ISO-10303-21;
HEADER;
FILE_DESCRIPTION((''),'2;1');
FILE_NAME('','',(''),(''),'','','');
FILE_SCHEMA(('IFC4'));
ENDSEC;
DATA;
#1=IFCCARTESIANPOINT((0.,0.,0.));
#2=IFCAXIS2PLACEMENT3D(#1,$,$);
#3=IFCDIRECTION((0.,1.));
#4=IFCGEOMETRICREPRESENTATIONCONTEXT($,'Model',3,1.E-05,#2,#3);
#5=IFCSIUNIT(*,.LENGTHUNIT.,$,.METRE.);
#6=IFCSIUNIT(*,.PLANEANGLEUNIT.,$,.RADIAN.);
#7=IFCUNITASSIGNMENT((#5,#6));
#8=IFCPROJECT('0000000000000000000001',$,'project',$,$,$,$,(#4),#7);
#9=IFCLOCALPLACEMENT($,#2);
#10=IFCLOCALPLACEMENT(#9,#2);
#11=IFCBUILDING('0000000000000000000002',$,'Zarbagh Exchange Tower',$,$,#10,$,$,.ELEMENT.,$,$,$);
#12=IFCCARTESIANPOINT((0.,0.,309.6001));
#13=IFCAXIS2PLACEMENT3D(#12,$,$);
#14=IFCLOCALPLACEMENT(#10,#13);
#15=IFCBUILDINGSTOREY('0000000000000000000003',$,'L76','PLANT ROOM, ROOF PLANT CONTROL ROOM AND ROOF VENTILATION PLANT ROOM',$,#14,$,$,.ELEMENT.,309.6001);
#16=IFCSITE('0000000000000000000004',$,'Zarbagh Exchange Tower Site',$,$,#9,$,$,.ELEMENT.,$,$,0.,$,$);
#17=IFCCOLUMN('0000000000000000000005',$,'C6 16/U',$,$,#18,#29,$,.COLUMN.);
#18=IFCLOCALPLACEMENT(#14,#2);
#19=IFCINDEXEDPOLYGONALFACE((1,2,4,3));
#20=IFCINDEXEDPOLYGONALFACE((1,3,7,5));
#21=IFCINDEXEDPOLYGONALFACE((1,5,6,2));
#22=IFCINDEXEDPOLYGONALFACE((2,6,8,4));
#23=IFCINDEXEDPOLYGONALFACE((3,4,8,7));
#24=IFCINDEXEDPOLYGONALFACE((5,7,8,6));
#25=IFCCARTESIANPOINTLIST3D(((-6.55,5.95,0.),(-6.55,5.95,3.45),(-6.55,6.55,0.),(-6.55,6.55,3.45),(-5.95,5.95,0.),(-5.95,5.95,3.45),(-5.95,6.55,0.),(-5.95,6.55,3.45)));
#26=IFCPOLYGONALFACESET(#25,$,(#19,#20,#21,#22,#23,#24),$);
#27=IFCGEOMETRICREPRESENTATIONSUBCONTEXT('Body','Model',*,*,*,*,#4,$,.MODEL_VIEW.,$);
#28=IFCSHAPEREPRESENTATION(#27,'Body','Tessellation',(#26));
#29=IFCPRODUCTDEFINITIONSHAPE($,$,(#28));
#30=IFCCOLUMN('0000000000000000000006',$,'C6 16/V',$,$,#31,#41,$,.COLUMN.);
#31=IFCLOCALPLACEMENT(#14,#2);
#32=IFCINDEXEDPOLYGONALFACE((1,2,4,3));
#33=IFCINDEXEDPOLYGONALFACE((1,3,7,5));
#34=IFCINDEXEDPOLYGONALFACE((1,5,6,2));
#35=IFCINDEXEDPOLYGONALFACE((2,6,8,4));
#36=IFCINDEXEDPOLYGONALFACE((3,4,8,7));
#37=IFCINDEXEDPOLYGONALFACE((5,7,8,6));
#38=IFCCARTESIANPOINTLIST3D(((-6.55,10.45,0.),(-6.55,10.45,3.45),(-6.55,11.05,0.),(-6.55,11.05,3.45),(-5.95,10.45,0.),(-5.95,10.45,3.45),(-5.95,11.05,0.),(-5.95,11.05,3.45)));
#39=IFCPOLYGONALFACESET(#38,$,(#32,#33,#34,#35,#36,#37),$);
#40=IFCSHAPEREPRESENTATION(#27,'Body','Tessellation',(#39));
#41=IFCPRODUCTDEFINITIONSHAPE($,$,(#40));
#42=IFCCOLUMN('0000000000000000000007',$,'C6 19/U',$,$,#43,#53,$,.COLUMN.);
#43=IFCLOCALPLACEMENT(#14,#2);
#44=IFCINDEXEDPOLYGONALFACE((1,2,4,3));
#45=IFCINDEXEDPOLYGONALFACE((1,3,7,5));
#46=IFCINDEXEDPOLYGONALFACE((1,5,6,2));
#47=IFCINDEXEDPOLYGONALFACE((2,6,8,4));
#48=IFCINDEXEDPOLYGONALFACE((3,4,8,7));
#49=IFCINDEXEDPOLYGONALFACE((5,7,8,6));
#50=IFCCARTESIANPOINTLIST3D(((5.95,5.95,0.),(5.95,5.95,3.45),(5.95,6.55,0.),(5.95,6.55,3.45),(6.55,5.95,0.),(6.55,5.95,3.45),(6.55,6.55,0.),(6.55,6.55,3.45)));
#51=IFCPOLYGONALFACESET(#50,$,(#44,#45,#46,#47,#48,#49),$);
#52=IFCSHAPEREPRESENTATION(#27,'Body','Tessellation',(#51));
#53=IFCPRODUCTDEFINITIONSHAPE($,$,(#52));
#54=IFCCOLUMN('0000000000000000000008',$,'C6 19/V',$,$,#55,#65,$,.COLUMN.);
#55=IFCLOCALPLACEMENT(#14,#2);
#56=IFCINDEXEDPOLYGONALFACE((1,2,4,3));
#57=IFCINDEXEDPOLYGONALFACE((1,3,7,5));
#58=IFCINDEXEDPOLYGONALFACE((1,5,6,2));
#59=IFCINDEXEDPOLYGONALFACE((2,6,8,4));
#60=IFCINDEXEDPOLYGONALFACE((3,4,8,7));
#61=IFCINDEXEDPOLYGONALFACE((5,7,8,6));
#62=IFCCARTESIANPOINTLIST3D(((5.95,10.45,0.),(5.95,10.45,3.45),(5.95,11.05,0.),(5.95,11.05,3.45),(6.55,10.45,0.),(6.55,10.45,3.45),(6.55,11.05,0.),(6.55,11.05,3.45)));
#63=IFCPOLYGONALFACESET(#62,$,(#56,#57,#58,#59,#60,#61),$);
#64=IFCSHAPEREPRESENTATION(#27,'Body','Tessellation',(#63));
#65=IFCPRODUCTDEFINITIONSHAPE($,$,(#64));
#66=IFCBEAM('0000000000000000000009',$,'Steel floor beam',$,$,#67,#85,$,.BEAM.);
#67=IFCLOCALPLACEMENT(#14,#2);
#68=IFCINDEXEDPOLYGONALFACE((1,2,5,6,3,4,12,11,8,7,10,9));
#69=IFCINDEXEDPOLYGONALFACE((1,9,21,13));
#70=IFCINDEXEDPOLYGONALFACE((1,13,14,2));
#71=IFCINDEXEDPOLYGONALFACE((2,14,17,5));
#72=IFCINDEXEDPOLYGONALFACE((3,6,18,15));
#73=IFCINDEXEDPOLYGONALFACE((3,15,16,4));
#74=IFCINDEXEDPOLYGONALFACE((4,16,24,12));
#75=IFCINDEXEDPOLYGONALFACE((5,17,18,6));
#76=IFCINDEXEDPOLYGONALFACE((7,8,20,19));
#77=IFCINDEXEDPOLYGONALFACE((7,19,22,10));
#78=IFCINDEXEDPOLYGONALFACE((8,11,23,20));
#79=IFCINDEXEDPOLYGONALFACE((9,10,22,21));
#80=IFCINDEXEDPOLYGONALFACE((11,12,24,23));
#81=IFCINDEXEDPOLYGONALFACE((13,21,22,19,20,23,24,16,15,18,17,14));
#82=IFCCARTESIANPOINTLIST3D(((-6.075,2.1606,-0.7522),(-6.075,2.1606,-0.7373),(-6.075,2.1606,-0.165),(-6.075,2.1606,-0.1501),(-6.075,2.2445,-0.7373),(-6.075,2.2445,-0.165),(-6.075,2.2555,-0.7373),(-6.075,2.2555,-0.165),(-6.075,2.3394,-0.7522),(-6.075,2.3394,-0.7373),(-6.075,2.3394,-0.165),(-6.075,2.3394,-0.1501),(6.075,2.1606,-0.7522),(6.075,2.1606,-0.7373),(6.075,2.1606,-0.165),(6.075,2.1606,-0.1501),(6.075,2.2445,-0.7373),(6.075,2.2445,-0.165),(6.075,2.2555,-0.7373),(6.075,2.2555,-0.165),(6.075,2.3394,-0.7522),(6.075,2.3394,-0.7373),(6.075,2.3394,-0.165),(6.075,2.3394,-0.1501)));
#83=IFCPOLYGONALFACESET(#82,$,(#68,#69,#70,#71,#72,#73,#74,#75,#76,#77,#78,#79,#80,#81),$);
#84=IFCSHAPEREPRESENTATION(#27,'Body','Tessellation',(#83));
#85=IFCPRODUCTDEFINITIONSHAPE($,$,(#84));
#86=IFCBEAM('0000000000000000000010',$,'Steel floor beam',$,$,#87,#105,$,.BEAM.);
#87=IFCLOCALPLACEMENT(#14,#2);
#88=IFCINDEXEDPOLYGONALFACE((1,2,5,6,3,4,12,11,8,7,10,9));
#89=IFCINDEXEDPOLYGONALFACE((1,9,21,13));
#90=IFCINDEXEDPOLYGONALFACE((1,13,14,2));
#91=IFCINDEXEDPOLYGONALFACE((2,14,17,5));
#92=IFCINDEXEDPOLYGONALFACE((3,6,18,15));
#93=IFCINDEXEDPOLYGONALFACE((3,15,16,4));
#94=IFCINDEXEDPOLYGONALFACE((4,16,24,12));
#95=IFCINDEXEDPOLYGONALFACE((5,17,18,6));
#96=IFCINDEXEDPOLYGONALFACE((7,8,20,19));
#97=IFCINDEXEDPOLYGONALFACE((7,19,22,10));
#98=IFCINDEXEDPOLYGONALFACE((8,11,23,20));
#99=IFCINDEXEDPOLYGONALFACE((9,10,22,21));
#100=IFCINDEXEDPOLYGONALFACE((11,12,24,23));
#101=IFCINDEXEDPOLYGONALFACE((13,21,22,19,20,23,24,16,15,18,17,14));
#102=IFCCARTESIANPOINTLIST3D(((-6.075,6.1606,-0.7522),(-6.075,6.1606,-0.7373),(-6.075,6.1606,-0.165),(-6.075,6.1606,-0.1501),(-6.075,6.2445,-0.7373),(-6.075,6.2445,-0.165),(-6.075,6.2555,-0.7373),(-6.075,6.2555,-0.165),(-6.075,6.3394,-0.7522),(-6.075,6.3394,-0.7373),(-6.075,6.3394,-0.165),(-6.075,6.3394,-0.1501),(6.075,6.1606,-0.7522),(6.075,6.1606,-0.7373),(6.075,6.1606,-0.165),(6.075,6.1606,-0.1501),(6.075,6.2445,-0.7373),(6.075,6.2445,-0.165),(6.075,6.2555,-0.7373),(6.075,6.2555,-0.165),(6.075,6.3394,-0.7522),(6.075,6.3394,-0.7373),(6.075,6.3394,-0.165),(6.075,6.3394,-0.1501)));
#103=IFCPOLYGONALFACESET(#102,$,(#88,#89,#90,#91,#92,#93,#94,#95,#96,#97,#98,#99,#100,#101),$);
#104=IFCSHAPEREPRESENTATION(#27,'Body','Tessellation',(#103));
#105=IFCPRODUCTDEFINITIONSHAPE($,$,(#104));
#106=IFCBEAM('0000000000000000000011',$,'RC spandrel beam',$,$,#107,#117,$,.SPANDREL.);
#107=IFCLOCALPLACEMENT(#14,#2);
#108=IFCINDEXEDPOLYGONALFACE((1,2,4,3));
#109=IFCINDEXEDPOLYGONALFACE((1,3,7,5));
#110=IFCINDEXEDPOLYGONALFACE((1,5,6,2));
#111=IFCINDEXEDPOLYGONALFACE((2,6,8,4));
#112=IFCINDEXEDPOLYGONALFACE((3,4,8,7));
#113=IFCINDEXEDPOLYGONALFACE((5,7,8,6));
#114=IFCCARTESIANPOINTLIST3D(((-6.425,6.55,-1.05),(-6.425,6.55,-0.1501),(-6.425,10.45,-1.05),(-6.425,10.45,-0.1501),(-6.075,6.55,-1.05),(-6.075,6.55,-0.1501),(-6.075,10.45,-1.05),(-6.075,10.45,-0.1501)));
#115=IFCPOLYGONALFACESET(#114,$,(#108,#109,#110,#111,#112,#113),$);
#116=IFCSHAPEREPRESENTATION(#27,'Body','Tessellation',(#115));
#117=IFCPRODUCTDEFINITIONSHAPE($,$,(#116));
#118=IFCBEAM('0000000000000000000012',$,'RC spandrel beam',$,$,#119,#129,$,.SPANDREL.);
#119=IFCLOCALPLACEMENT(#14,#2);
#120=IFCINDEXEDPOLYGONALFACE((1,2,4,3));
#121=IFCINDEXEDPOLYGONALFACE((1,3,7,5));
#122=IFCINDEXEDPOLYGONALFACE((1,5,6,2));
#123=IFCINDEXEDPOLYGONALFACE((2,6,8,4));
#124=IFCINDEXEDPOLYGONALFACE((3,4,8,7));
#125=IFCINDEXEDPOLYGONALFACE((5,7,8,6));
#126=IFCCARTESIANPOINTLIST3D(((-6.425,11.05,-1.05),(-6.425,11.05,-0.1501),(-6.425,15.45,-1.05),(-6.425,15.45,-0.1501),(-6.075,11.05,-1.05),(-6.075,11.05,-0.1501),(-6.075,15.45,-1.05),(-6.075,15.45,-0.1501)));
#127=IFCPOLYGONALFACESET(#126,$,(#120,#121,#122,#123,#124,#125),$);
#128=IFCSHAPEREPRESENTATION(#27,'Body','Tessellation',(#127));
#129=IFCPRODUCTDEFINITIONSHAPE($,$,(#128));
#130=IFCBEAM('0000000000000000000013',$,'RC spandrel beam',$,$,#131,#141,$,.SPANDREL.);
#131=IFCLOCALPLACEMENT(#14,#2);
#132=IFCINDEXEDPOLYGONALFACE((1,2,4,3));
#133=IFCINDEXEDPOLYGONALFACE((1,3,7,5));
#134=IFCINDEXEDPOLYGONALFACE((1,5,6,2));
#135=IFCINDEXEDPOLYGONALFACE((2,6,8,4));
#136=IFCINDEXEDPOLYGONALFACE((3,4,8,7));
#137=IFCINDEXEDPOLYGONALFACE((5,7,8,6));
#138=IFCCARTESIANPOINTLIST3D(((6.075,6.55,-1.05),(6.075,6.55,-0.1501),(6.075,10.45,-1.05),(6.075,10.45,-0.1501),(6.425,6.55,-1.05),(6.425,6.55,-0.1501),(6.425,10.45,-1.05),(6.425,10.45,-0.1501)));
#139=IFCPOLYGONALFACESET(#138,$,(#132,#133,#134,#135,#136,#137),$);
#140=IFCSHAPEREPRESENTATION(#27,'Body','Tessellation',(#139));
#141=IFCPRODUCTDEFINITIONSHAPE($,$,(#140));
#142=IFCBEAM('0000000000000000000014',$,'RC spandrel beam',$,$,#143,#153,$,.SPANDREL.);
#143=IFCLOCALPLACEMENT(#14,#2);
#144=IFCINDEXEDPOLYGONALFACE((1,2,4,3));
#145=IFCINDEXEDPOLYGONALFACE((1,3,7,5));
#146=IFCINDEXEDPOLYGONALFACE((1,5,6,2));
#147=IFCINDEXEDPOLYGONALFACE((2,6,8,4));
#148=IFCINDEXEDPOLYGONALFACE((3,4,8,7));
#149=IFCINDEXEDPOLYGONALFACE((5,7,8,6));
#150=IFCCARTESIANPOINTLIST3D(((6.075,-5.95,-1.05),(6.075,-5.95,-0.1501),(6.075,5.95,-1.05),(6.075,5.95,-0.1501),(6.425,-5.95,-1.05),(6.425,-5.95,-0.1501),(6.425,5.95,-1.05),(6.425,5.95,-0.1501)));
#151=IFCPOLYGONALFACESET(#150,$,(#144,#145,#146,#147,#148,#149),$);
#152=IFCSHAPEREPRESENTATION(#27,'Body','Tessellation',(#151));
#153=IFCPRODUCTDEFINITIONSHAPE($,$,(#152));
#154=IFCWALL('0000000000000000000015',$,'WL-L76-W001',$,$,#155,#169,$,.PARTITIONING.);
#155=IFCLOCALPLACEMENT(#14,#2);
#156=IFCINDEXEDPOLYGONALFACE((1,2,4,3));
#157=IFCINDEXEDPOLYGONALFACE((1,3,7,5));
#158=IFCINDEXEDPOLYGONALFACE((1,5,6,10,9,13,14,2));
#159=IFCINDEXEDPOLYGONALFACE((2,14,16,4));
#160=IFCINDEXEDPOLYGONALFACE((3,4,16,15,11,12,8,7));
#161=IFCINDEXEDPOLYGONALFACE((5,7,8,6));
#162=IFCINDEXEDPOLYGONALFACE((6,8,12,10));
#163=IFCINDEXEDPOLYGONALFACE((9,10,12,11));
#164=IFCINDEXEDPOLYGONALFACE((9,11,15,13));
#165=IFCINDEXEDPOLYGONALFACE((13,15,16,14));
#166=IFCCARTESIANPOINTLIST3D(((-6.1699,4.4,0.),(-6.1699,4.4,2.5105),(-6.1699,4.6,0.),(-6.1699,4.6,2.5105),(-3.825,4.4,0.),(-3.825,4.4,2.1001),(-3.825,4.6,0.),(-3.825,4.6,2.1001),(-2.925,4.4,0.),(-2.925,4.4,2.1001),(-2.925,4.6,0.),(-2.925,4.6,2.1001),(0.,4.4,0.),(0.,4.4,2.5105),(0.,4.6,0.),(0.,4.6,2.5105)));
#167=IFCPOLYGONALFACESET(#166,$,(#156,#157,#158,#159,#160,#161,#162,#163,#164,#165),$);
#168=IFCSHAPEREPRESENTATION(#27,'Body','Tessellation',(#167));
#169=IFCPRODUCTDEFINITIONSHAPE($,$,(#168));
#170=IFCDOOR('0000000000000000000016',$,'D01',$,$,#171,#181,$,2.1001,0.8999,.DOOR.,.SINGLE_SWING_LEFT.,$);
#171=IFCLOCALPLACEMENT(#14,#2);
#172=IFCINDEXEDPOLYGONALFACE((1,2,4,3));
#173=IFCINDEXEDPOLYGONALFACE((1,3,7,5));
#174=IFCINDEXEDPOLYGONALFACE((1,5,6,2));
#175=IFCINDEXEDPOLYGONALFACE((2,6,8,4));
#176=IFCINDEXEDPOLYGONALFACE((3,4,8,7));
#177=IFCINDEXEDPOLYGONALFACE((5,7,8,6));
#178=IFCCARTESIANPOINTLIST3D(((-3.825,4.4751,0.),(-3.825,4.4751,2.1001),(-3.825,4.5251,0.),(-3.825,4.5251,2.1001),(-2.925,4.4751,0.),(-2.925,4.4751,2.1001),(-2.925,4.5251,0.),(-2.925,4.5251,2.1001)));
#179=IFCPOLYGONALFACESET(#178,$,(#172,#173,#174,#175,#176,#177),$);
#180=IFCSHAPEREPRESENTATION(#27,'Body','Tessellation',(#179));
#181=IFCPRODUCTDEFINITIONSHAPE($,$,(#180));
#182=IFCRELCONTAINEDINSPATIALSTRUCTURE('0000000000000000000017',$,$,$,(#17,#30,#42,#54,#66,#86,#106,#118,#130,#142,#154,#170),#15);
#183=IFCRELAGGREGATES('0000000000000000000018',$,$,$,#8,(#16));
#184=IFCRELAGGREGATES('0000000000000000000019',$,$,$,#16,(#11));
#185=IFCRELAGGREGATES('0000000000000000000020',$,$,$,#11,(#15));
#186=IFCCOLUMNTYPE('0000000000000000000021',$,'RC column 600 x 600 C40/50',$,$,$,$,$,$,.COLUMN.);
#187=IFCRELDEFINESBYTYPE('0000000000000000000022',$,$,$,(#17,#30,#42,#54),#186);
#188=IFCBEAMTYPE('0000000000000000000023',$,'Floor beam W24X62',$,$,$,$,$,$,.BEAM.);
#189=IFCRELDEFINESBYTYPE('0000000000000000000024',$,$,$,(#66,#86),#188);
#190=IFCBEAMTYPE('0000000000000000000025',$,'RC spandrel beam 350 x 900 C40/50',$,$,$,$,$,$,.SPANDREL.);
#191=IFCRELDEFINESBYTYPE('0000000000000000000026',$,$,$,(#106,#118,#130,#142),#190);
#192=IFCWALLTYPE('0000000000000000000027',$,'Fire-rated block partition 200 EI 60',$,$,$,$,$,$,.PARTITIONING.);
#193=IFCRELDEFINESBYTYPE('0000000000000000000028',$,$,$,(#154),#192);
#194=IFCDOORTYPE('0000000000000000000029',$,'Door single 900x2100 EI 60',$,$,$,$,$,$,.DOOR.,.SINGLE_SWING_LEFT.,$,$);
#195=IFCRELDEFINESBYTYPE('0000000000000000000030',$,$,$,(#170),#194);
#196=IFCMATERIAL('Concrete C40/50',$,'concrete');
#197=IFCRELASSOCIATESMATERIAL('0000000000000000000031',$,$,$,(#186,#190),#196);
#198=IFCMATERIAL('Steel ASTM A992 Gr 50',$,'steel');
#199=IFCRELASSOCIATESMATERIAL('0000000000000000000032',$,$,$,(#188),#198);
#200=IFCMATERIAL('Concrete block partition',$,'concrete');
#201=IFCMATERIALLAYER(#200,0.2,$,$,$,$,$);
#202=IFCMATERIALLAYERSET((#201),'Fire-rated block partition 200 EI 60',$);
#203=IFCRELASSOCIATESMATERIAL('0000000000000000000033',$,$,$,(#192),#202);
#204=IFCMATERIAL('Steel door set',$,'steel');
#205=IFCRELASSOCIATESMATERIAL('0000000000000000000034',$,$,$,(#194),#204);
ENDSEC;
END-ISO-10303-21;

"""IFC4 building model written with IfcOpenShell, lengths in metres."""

from ifc_helpers import new_model, si_unit, direction, frame, frame_2d, origin, origin_2d, place, context, subcontext, project, spatial, rectangle, i_section, extrude, material, layer, layer_set, material_profile, profile_set, type_object, element, fill, save


model = new_model("IFC4")

# Units and contexts
model_context = context("Model", 3, precision=1e-05, world=origin(), true_north=direction((0.0, 1.0)))
body_context = subcontext(model_context, "Body", "Model", "MODEL_VIEW")
ifc_project = project(units=[si_unit("LENGTHUNIT", "METRE"), si_unit("PLANEANGLEUNIT", "RADIAN")], contexts=[model_context])

# Site, building, storey
site_placement = place(None, origin())
site = spatial("IfcSite", under=ifc_project, at=site_placement, Name="Zarbagh Exchange Tower Site", CompositionType="ELEMENT", RefElevation=0.0)
building_placement = place(site_placement, origin())
building = spatial("IfcBuilding", under=site, at=building_placement, Name="Zarbagh Exchange Tower", CompositionType="ELEMENT")
storey_placement = place(building_placement, frame((0.0, 0.0, 309.6001)))
storey = spatial("IfcBuildingStorey", under=building, at=storey_placement, Name="L76", Description="PLANT ROOM, ROOF PLANT CONTROL ROOM AND ROOF VENTILATION PLANT ROOM", CompositionType="ELEMENT", Elevation=309.6001)

# Columns
ifc_material_1 = material(Name="Concrete C40/50", Category="concrete")
ifc_material_profile_1 = material_profile(ifc_material_1, rectangle(XDim=0.6001, YDim=0.6001, at=origin_2d()), Name="RC column 600 x 600 C40/50")
ifc_profile_set_1 = profile_set([ifc_material_profile_1], Name="Concrete C40/50")
column_type = type_object("IfcColumnType", Name="RC column 600 x 600 C40/50", PredefinedType="COLUMN", material=ifc_profile_set_1)
for number, where, z_axis, x_axis, name in (
    (1, (-6.25, 6.25, 0.0), (0.0, 0.0, 1.0), (1.0, 0.0, 0.0), "C6 16/U"),
    (2, (-6.25, 10.75, 0.0), (0.0, 0.0, 1.0), (1.0, 0.0, 0.0), "C6 16/V"),
    (3, (6.25, 6.25, 0.0), (0.0, 0.0, 1.0), (1.0, 0.0, 0.0), "C6 19/U"),
    (4, (6.25, 10.75, 0.0), (0.0, 0.0, 1.0), (1.0, 0.0, 0.0), "C6 19/V"),
):
    element("IfcColumn", number, at=place(storey_placement, frame(where, z_axis=z_axis, x_axis=x_axis)), inside=storey, type_object=column_type, Name=name, PredefinedType="COLUMN", context=body_context, shape_type="SweptSolid", body=[
        extrude(rectangle(XDim=0.6001, YDim=0.6001, at=origin_2d()), origin(), (0.0, 0.0, 1.0), 3.45),
    ])

# Beams
ifc_material_2 = material(Name="Steel ASTM A992 Gr 50", Category="steel")
ifc_material_profile_2 = material_profile(ifc_material_2, i_section(OverallWidth=0.1787, OverallDepth=0.6021, WebThickness=0.011, FlangeThickness=0.0149, at=origin_2d()), Name="W24X62")
ifc_profile_set_2 = profile_set([ifc_material_profile_2], Name="Steel ASTM A992 Gr 50")
beam_type_1 = type_object("IfcBeamType", Name="Floor beam W24X62", PredefinedType="BEAM", material=ifc_profile_set_2)
for number, where, z_axis, x_axis, name in (
    (5, (-6.075, 2.25, -0.4512), (1.0, 0.0, 0.0), (0.0, 1.0, 0.0), "Steel floor beam"),
    (6, (-6.075, 6.25, -0.4512), (1.0, 0.0, 0.0), (0.0, 1.0, 0.0), "Steel floor beam"),
):
    element("IfcBeam", number, at=place(storey_placement, frame(where, z_axis=z_axis, x_axis=x_axis)), inside=storey, type_object=beam_type_1, Name=name, PredefinedType="BEAM", context=body_context, shape_type="SweptSolid", body=[
        extrude(i_section(OverallWidth=0.1787, OverallDepth=0.6021, WebThickness=0.011, FlangeThickness=0.0149, at=origin_2d()), origin(), (0.0, 0.0, 1.0), 12.1499),
    ])
ifc_material_profile_3 = material_profile(ifc_material_1, rectangle(XDim=0.3501, YDim=0.8999, at=origin_2d()), Name="RC spandrel beam 350 x 900 C40/50")
ifc_profile_set_3 = profile_set([ifc_material_profile_3], Name="Concrete C40/50")
beam_type_2 = type_object("IfcBeamType", Name="RC spandrel beam 350 x 900 C40/50", PredefinedType="SPANDREL", material=ifc_profile_set_3)
beam_1_placement = place(storey_placement, frame((-6.25, 6.55, -0.6001), z_axis=(0.0, 1.0, 0.0), x_axis=(-1.0, 0.0, 0.0)))
element("IfcBeam", 7, at=beam_1_placement, inside=storey, type_object=beam_type_2, Name="RC spandrel beam", PredefinedType="SPANDREL", context=body_context, shape_type="SweptSolid", body=[
    extrude(rectangle(XDim=0.3501, YDim=0.8999, at=origin_2d()), origin(), (0.0, 0.0, 1.0), 3.8999),
])
beam_2_placement = place(storey_placement, frame((-6.25, 11.05, -0.6001), z_axis=(0.0, 1.0, 0.0), x_axis=(-1.0, 0.0, 0.0)))
element("IfcBeam", 8, at=beam_2_placement, inside=storey, type_object=beam_type_2, Name="RC spandrel beam", PredefinedType="SPANDREL", context=body_context, shape_type="SweptSolid", body=[
    extrude(rectangle(XDim=0.3501, YDim=0.8999, at=origin_2d()), origin(), (0.0, 0.0, 1.0), 4.3999),
])
beam_3_placement = place(storey_placement, frame((6.25, 10.45, -0.6001), z_axis=(0.0, -1.0, 0.0), x_axis=(1.0, 0.0, 0.0)))
element("IfcBeam", 9, at=beam_3_placement, inside=storey, type_object=beam_type_2, Name="RC spandrel beam", PredefinedType="SPANDREL", context=body_context, shape_type="SweptSolid", body=[
    extrude(rectangle(XDim=0.3501, YDim=0.8999, at=origin_2d()), origin(), (0.0, 0.0, 1.0), 3.8999),
])
beam_4_placement = place(storey_placement, frame((6.25, 5.95, -0.6001), z_axis=(0.0, -1.0, 0.0), x_axis=(1.0, 0.0, 0.0)))
element("IfcBeam", 10, at=beam_4_placement, inside=storey, type_object=beam_type_2, Name="RC spandrel beam", PredefinedType="SPANDREL", context=body_context, shape_type="SweptSolid", body=[
    extrude(rectangle(XDim=0.3501, YDim=0.8999, at=origin_2d()), origin(), (0.0, 0.0, 1.0), 11.8999),
])

# Wall, opening, door
ifc_material_3 = material(Name="Concrete block partition", Category="concrete")
ifc_layer_1 = layer(ifc_material_3, 0.2)
ifc_layer_set_1 = layer_set([ifc_layer_1], Name="Fire-rated block partition 200 EI 60")
wall_type_1 = type_object("IfcWallType", Name="Fire-rated block partition 200 EI 60", PredefinedType="PARTITIONING", material=ifc_layer_set_1)
wall_1_placement = place(storey_placement, frame((0.0, 4.5, 0.0), z_axis=(0.0, 0.0, 1.0), x_axis=(-1.0, 0.0, 0.0)))
wall_1 = element("IfcWall", 11, at=wall_1_placement, inside=storey, type_object=wall_type_1, Name="WL-L76-W001", PredefinedType="PARTITIONING", context=body_context, shape_type="SweptSolid", body=[
    extrude(rectangle(XDim=6.1699, YDim=0.2, at=frame_2d((3.085, 0.0))), origin(), (0.0, 0.0, 1.0), 2.5105),
])
opening_1_placement = place(wall_1_placement, frame((2.925, 0.0, 0.0)))
opening_1 = element("IfcOpeningElement", 12, at=opening_1_placement, cuts=wall_1, PredefinedType="OPENING", context=body_context, shape_type="SweptSolid", body=[
    extrude(rectangle(XDim=0.8999, YDim=2.1001, at=frame_2d((0.45, 1.05))), frame((0.0, 0.1099, 0.0), z_axis=(0.0, -1.0, 0.0), x_axis=(1.0, 0.0, 0.0)), (0.0, 0.0, 1.0), 0.22),
])
ifc_material_4 = material(Name="Steel door set", Category="steel")
door_type_1 = type_object("IfcDoorType", Name="Door single 900x2100 EI 60", OperationType="SINGLE_SWING_LEFT", PredefinedType="DOOR", material=ifc_material_4)
door_1_placement = place(opening_1_placement, origin())
door_1 = element("IfcDoor", 13, at=door_1_placement, inside=storey, type_object=door_type_1, Name="D01", OperationType="SINGLE_SWING_LEFT", OverallHeight=2.1001, OverallWidth=0.8999, PredefinedType="DOOR", context=body_context, shape_type="SweptSolid", body=[
    extrude(rectangle(XDim=0.8999, YDim=2.1001, at=frame_2d((0.45, 1.05))), frame((0.0, 0.0249, 0.0), z_axis=(0.0, -1.0, 0.0), x_axis=(1.0, 0.0, 0.0)), (0.0, 0.0, 1.0), 0.05),
])
fill(opening_1, door_1)

save(model, "model.ifc")
